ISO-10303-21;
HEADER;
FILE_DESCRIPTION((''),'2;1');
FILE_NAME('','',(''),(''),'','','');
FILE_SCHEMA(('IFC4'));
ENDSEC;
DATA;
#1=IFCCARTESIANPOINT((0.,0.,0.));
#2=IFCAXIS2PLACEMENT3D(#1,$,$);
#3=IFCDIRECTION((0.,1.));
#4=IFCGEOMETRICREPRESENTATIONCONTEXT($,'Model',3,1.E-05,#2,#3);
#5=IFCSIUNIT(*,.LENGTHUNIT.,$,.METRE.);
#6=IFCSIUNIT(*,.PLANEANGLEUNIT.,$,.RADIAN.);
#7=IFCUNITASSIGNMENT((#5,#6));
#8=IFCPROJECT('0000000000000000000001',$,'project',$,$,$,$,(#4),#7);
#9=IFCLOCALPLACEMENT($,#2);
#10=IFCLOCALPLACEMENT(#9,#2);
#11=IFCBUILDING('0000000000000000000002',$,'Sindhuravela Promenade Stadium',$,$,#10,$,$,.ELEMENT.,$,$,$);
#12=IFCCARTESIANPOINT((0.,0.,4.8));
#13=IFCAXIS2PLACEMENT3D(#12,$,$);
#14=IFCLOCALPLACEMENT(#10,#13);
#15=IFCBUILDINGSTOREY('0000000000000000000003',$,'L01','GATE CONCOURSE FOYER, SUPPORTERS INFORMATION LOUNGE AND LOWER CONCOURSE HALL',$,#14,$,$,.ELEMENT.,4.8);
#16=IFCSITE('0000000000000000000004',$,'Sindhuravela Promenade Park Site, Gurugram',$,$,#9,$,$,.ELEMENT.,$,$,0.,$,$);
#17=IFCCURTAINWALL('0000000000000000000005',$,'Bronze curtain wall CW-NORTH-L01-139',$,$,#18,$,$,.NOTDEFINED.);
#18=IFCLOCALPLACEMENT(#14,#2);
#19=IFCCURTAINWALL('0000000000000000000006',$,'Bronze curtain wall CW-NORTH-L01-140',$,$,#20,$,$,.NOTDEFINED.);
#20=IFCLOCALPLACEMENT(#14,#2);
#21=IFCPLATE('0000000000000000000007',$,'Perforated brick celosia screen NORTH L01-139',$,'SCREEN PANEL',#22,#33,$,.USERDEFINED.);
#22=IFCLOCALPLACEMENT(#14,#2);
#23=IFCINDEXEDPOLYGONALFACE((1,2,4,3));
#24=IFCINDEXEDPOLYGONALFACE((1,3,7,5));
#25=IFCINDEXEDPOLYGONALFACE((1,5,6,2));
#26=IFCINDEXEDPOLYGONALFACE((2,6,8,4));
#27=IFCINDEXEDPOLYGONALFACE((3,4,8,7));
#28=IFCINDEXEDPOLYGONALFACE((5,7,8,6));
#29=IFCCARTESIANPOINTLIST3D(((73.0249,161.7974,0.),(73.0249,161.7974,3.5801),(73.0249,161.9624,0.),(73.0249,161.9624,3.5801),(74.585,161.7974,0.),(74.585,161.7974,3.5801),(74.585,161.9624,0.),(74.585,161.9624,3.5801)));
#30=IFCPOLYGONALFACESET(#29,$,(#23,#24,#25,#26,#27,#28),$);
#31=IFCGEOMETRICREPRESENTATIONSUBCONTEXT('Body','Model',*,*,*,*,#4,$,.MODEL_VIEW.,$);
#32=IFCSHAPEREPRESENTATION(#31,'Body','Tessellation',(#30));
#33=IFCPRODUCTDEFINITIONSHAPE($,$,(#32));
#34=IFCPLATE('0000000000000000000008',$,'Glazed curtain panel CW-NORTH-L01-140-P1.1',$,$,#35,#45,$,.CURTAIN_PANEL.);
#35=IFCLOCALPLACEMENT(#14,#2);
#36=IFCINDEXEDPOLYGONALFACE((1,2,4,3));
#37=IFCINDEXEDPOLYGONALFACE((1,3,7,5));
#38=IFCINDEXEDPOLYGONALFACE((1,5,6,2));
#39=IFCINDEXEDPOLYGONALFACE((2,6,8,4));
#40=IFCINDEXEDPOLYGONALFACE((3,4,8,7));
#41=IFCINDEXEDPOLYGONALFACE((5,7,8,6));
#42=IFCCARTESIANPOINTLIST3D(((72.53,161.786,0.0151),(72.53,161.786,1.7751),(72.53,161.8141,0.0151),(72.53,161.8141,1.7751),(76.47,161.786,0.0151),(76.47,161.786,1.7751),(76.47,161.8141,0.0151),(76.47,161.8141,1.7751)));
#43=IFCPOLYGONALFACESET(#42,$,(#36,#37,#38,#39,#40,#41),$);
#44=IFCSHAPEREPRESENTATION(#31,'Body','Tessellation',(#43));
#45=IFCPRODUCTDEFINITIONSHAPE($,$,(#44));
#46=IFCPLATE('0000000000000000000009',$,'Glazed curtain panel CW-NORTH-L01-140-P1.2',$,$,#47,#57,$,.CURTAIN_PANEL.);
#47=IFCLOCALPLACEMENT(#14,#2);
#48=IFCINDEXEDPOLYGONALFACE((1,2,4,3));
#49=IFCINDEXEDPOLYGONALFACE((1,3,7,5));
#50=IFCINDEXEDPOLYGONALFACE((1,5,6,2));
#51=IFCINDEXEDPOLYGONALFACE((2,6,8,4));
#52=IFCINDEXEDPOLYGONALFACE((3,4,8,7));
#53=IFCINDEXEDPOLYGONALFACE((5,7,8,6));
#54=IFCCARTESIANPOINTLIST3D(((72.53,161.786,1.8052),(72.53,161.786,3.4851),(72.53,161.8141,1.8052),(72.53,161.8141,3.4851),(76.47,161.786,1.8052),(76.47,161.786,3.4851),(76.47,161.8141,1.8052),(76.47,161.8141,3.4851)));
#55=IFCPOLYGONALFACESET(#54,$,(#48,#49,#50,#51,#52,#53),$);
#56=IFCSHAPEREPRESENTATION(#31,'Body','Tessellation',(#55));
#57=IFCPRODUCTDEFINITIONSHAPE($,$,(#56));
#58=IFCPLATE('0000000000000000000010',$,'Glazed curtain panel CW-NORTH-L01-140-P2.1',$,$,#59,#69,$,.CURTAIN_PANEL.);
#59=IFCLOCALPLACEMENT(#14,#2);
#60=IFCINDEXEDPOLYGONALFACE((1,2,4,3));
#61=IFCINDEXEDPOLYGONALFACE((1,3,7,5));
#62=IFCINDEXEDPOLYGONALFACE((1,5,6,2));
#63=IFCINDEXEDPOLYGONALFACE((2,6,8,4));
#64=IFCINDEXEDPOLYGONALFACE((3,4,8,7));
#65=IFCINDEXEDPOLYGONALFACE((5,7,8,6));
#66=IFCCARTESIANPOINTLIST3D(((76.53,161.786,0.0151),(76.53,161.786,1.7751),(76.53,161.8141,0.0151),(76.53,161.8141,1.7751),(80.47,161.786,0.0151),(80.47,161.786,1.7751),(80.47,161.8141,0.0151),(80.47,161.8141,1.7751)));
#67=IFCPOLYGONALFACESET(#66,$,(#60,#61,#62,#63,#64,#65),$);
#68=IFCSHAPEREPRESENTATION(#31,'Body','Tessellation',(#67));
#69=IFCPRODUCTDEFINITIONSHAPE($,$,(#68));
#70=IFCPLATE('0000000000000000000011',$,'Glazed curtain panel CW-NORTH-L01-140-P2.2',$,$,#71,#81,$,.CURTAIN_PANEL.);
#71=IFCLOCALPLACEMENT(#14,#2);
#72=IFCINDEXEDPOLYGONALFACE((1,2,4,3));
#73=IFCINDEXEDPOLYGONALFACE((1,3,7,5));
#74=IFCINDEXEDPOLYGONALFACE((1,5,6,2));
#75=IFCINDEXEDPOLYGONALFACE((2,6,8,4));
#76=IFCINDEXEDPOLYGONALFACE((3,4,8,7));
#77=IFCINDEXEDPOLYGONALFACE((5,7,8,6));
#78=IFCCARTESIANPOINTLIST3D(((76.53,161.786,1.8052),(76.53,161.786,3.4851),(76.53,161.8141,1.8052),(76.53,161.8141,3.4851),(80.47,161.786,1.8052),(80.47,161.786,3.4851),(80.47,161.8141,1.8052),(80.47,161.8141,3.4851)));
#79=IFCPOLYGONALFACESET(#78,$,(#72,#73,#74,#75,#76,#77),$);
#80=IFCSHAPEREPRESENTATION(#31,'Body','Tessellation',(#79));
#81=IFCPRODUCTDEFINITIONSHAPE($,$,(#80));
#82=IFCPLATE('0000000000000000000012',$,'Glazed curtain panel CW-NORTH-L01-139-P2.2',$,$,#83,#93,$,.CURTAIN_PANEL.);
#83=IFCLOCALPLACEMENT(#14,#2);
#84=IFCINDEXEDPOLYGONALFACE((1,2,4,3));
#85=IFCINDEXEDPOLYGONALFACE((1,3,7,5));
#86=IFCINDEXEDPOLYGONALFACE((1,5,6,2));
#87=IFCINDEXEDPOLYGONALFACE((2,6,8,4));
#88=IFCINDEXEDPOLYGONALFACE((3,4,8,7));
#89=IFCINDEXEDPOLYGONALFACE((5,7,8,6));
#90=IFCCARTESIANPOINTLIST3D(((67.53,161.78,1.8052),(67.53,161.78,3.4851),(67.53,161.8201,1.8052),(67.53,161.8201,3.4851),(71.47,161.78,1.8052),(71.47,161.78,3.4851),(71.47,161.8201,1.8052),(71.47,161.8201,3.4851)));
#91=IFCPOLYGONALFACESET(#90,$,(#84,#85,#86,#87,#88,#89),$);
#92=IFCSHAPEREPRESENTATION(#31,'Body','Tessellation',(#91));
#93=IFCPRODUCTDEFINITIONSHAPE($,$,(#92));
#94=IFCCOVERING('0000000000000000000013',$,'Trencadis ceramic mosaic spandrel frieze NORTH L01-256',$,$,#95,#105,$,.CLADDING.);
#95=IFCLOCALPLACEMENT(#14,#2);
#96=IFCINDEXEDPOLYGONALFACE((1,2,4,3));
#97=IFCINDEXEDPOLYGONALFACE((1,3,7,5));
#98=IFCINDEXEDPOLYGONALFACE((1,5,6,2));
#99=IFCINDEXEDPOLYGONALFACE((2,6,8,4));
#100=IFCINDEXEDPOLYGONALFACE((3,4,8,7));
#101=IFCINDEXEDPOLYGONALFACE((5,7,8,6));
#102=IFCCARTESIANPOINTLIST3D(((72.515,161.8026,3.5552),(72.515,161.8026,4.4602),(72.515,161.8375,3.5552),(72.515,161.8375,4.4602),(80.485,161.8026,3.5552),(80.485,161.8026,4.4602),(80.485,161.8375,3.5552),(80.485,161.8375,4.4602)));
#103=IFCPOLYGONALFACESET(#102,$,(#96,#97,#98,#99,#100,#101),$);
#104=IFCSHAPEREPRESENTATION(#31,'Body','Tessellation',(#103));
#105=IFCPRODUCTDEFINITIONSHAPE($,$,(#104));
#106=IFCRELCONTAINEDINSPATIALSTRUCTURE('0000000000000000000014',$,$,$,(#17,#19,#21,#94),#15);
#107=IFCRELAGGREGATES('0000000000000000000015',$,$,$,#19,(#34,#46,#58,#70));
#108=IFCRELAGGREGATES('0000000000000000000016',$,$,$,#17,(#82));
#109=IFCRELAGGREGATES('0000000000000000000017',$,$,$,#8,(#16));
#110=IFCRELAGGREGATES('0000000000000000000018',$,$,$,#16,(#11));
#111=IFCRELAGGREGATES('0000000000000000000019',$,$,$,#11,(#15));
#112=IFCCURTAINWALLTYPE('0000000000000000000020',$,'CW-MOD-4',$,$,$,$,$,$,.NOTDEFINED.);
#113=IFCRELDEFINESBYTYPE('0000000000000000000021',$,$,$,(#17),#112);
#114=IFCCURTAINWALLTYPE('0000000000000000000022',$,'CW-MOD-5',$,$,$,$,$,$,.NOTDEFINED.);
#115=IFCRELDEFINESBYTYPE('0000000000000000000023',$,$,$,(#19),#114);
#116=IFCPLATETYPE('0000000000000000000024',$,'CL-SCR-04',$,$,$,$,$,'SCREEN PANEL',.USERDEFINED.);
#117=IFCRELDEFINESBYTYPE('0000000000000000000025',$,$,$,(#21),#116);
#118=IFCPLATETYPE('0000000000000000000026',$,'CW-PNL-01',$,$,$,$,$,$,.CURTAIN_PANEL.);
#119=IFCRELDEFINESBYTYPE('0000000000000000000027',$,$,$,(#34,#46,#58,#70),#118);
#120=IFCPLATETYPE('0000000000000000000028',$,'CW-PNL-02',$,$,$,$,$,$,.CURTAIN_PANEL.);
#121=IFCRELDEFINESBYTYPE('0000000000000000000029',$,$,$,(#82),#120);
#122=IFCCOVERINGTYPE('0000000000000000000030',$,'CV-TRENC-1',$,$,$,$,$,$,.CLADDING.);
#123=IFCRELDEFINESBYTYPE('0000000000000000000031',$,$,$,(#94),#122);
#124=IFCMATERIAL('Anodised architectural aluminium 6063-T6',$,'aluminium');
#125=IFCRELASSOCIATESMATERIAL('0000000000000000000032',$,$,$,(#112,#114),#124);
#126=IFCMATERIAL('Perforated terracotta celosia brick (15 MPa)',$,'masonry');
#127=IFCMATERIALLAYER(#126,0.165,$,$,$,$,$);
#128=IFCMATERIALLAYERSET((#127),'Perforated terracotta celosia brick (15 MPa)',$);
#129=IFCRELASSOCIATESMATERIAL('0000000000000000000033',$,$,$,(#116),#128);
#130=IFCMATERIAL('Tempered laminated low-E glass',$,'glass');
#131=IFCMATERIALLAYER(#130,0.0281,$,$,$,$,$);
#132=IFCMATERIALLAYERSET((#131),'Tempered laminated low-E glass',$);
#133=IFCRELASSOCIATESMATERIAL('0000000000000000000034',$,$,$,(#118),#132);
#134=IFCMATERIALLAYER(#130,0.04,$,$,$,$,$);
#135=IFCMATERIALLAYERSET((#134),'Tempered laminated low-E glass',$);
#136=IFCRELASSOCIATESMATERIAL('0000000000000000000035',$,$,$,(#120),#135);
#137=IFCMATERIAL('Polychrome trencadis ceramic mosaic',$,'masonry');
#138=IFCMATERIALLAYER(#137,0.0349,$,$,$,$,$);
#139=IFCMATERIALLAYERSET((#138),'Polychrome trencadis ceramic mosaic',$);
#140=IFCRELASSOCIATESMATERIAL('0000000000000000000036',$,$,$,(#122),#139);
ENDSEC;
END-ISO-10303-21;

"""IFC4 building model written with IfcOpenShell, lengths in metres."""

from ifc_helpers import new_model, si_unit, direction, frame, origin, origin_2d, place, context, subcontext, project, spatial, rectangle, extrude, material, layer, layer_set, type_object, element, aggregate, save


model = new_model("IFC4")

# Units and contexts
model_context = context("Model", 3, precision=1e-05, world=origin(), true_north=direction((0.0, 1.0)))
body_context = subcontext(model_context, "Body", "Model", "MODEL_VIEW")
ifc_project = project(units=[si_unit("LENGTHUNIT", "METRE"), si_unit("PLANEANGLEUNIT", "RADIAN")], contexts=[model_context])

# Site, building, storey
site_placement = place(None, origin())
site = spatial("IfcSite", under=ifc_project, at=site_placement, Name="Sindhuravela Promenade Park Site, Gurugram", CompositionType="ELEMENT", RefElevation=0.0)
building_placement = place(site_placement, origin())
building = spatial("IfcBuilding", under=site, at=building_placement, Name="Sindhuravela Promenade Stadium", CompositionType="ELEMENT")
storey_placement = place(building_placement, frame((0.0, 0.0, 4.8)))
storey = spatial("IfcBuildingStorey", under=building, at=storey_placement, Name="L01", Description="GATE CONCOURSE FOYER, SUPPORTERS INFORMATION LOUNGE AND LOWER CONCOURSE HALL", CompositionType="ELEMENT", Elevation=4.8)

# Curtain wall
ifc_material_1 = material(Name="Anodised architectural aluminium 6063-T6", Category="aluminium")
curtain_wall_type_1 = type_object("IfcCurtainWallType", Name="CW-MOD-4", PredefinedType="NOTDEFINED", material=ifc_material_1)
curtain_wall_1_placement = place(storey_placement, origin())
curtain_wall_1 = element("IfcCurtainWall", 1, at=curtain_wall_1_placement, inside=storey, type_object=curtain_wall_type_1, Name="Bronze curtain wall CW-NORTH-L01-139", PredefinedType="NOTDEFINED")

# Curtain wall
curtain_wall_type_2 = type_object("IfcCurtainWallType", Name="CW-MOD-5", PredefinedType="NOTDEFINED", material=ifc_material_1)
curtain_wall_2_placement = place(storey_placement, origin())
curtain_wall_2 = element("IfcCurtainWall", 2, at=curtain_wall_2_placement, inside=storey, type_object=curtain_wall_type_2, Name="Bronze curtain wall CW-NORTH-L01-140", PredefinedType="NOTDEFINED")

# Plate
ifc_material_2 = material(Name="Perforated terracotta celosia brick (15 MPa)", Category="masonry")
ifc_layer_1 = layer(ifc_material_2, 0.165)
ifc_layer_set_1 = layer_set([ifc_layer_1], Name="Perforated terracotta celosia brick (15 MPa)")
plate_type_1 = type_object("IfcPlateType", Name="CL-SCR-04", ElementType="SCREEN PANEL", PredefinedType="USERDEFINED", material=ifc_layer_set_1)
plate_1_placement = place(storey_placement, frame((73.8049, 161.8799, 0.0), z_axis=(0.0, 0.0, 1.0), x_axis=(1.0, 0.0, 0.0)))
element("IfcPlate", 3, at=plate_1_placement, inside=storey, type_object=plate_type_1, Name="Perforated brick celosia screen NORTH L01-139", ObjectType="SCREEN PANEL", PredefinedType="USERDEFINED", context=body_context, shape_type="SweptSolid", body=[
    extrude(rectangle(XDim=1.5601, YDim=0.165, at=origin_2d()), origin(), (0.0, 0.0, 1.0), 3.5801),
])

# Plates
ifc_material_3 = material(Name="Tempered laminated low-E glass", Category="glass")
ifc_layer_2 = layer(ifc_material_3, 0.0281)
ifc_layer_set_2 = layer_set([ifc_layer_2], Name="Tempered laminated low-E glass")
plate_type_2 = type_object("IfcPlateType", Name="CW-PNL-01", PredefinedType="CURTAIN_PANEL", material=ifc_layer_set_2)
plate_2_placement = place(storey_placement, frame((74.5, 161.8, 0.0151), z_axis=(0.0, 0.0, 1.0), x_axis=(1.0, 0.0, 0.0)))
plate_2 = element("IfcPlate", 4, at=plate_2_placement, type_object=plate_type_2, Name="Glazed curtain panel CW-NORTH-L01-140-P1.1", PredefinedType="CURTAIN_PANEL", context=body_context, shape_type="SweptSolid", body=[
    extrude(rectangle(XDim=3.9399, YDim=0.0281, at=origin_2d()), origin(), (0.0, 0.0, 1.0), 1.76),
])
plate_3_placement = place(storey_placement, frame((74.5, 161.8, 1.8052), z_axis=(0.0, 0.0, 1.0), x_axis=(1.0, 0.0, 0.0)))
plate_3 = element("IfcPlate", 5, at=plate_3_placement, type_object=plate_type_2, Name="Glazed curtain panel CW-NORTH-L01-140-P1.2", PredefinedType="CURTAIN_PANEL", context=body_context, shape_type="SweptSolid", body=[
    extrude(rectangle(XDim=3.9399, YDim=0.0281, at=origin_2d()), origin(), (0.0, 0.0, 1.0), 1.6799),
])
plate_4_placement = place(storey_placement, frame((78.5, 161.8, 0.0151), z_axis=(0.0, 0.0, 1.0), x_axis=(1.0, 0.0, 0.0)))
plate_4 = element("IfcPlate", 6, at=plate_4_placement, type_object=plate_type_2, Name="Glazed curtain panel CW-NORTH-L01-140-P2.1", PredefinedType="CURTAIN_PANEL", context=body_context, shape_type="SweptSolid", body=[
    extrude(rectangle(XDim=3.9399, YDim=0.0281, at=origin_2d()), origin(), (0.0, 0.0, 1.0), 1.76),
])
plate_5_placement = place(storey_placement, frame((78.5, 161.8, 1.8052), z_axis=(0.0, 0.0, 1.0), x_axis=(1.0, 0.0, 0.0)))
plate_5 = element("IfcPlate", 7, at=plate_5_placement, type_object=plate_type_2, Name="Glazed curtain panel CW-NORTH-L01-140-P2.2", PredefinedType="CURTAIN_PANEL", context=body_context, shape_type="SweptSolid", body=[
    extrude(rectangle(XDim=3.9399, YDim=0.0281, at=origin_2d()), origin(), (0.0, 0.0, 1.0), 1.6799),
])
aggregate(curtain_wall_2, [plate_2, plate_3, plate_4, plate_5])
ifc_layer_3 = layer(ifc_material_3, 0.04)
ifc_layer_set_3 = layer_set([ifc_layer_3], Name="Tempered laminated low-E glass")
plate_type_3 = type_object("IfcPlateType", Name="CW-PNL-02", PredefinedType="CURTAIN_PANEL", material=ifc_layer_set_3)
plate_6_placement = place(storey_placement, frame((69.5, 161.8, 1.8052), z_axis=(0.0, 0.0, 1.0), x_axis=(1.0, 0.0, 0.0)))
plate_6 = element("IfcPlate", 8, at=plate_6_placement, type_object=plate_type_3, Name="Glazed curtain panel CW-NORTH-L01-139-P2.2", PredefinedType="CURTAIN_PANEL", context=body_context, shape_type="SweptSolid", body=[
    extrude(rectangle(XDim=3.9399, YDim=0.04, at=origin_2d()), origin(), (0.0, 0.0, 1.0), 1.6799),
])
aggregate(curtain_wall_1, [plate_6])

# Covering
ifc_material_4 = material(Name="Polychrome trencadis ceramic mosaic", Category="masonry")
ifc_layer_4 = layer(ifc_material_4, 0.0349)
ifc_layer_set_4 = layer_set([ifc_layer_4], Name="Polychrome trencadis ceramic mosaic")
covering_type = type_object("IfcCoveringType", Name="CV-TRENC-1", PredefinedType="CLADDING", material=ifc_layer_set_4)
covering_placement = place(storey_placement, frame((76.5, 161.8201, 3.5552), z_axis=(0.0, 0.0, 1.0), x_axis=(1.0, 0.0, 0.0)))
element("IfcCovering", 9, at=covering_placement, inside=storey, type_object=covering_type, Name="Trencadis ceramic mosaic spandrel frieze NORTH L01-256", PredefinedType="CLADDING", context=body_context, shape_type="SweptSolid", body=[
    extrude(rectangle(XDim=7.97, YDim=0.0349, at=origin_2d()), origin(), (0.0, 0.0, 1.0), 0.905),
])

save(model, "model.ifc")
